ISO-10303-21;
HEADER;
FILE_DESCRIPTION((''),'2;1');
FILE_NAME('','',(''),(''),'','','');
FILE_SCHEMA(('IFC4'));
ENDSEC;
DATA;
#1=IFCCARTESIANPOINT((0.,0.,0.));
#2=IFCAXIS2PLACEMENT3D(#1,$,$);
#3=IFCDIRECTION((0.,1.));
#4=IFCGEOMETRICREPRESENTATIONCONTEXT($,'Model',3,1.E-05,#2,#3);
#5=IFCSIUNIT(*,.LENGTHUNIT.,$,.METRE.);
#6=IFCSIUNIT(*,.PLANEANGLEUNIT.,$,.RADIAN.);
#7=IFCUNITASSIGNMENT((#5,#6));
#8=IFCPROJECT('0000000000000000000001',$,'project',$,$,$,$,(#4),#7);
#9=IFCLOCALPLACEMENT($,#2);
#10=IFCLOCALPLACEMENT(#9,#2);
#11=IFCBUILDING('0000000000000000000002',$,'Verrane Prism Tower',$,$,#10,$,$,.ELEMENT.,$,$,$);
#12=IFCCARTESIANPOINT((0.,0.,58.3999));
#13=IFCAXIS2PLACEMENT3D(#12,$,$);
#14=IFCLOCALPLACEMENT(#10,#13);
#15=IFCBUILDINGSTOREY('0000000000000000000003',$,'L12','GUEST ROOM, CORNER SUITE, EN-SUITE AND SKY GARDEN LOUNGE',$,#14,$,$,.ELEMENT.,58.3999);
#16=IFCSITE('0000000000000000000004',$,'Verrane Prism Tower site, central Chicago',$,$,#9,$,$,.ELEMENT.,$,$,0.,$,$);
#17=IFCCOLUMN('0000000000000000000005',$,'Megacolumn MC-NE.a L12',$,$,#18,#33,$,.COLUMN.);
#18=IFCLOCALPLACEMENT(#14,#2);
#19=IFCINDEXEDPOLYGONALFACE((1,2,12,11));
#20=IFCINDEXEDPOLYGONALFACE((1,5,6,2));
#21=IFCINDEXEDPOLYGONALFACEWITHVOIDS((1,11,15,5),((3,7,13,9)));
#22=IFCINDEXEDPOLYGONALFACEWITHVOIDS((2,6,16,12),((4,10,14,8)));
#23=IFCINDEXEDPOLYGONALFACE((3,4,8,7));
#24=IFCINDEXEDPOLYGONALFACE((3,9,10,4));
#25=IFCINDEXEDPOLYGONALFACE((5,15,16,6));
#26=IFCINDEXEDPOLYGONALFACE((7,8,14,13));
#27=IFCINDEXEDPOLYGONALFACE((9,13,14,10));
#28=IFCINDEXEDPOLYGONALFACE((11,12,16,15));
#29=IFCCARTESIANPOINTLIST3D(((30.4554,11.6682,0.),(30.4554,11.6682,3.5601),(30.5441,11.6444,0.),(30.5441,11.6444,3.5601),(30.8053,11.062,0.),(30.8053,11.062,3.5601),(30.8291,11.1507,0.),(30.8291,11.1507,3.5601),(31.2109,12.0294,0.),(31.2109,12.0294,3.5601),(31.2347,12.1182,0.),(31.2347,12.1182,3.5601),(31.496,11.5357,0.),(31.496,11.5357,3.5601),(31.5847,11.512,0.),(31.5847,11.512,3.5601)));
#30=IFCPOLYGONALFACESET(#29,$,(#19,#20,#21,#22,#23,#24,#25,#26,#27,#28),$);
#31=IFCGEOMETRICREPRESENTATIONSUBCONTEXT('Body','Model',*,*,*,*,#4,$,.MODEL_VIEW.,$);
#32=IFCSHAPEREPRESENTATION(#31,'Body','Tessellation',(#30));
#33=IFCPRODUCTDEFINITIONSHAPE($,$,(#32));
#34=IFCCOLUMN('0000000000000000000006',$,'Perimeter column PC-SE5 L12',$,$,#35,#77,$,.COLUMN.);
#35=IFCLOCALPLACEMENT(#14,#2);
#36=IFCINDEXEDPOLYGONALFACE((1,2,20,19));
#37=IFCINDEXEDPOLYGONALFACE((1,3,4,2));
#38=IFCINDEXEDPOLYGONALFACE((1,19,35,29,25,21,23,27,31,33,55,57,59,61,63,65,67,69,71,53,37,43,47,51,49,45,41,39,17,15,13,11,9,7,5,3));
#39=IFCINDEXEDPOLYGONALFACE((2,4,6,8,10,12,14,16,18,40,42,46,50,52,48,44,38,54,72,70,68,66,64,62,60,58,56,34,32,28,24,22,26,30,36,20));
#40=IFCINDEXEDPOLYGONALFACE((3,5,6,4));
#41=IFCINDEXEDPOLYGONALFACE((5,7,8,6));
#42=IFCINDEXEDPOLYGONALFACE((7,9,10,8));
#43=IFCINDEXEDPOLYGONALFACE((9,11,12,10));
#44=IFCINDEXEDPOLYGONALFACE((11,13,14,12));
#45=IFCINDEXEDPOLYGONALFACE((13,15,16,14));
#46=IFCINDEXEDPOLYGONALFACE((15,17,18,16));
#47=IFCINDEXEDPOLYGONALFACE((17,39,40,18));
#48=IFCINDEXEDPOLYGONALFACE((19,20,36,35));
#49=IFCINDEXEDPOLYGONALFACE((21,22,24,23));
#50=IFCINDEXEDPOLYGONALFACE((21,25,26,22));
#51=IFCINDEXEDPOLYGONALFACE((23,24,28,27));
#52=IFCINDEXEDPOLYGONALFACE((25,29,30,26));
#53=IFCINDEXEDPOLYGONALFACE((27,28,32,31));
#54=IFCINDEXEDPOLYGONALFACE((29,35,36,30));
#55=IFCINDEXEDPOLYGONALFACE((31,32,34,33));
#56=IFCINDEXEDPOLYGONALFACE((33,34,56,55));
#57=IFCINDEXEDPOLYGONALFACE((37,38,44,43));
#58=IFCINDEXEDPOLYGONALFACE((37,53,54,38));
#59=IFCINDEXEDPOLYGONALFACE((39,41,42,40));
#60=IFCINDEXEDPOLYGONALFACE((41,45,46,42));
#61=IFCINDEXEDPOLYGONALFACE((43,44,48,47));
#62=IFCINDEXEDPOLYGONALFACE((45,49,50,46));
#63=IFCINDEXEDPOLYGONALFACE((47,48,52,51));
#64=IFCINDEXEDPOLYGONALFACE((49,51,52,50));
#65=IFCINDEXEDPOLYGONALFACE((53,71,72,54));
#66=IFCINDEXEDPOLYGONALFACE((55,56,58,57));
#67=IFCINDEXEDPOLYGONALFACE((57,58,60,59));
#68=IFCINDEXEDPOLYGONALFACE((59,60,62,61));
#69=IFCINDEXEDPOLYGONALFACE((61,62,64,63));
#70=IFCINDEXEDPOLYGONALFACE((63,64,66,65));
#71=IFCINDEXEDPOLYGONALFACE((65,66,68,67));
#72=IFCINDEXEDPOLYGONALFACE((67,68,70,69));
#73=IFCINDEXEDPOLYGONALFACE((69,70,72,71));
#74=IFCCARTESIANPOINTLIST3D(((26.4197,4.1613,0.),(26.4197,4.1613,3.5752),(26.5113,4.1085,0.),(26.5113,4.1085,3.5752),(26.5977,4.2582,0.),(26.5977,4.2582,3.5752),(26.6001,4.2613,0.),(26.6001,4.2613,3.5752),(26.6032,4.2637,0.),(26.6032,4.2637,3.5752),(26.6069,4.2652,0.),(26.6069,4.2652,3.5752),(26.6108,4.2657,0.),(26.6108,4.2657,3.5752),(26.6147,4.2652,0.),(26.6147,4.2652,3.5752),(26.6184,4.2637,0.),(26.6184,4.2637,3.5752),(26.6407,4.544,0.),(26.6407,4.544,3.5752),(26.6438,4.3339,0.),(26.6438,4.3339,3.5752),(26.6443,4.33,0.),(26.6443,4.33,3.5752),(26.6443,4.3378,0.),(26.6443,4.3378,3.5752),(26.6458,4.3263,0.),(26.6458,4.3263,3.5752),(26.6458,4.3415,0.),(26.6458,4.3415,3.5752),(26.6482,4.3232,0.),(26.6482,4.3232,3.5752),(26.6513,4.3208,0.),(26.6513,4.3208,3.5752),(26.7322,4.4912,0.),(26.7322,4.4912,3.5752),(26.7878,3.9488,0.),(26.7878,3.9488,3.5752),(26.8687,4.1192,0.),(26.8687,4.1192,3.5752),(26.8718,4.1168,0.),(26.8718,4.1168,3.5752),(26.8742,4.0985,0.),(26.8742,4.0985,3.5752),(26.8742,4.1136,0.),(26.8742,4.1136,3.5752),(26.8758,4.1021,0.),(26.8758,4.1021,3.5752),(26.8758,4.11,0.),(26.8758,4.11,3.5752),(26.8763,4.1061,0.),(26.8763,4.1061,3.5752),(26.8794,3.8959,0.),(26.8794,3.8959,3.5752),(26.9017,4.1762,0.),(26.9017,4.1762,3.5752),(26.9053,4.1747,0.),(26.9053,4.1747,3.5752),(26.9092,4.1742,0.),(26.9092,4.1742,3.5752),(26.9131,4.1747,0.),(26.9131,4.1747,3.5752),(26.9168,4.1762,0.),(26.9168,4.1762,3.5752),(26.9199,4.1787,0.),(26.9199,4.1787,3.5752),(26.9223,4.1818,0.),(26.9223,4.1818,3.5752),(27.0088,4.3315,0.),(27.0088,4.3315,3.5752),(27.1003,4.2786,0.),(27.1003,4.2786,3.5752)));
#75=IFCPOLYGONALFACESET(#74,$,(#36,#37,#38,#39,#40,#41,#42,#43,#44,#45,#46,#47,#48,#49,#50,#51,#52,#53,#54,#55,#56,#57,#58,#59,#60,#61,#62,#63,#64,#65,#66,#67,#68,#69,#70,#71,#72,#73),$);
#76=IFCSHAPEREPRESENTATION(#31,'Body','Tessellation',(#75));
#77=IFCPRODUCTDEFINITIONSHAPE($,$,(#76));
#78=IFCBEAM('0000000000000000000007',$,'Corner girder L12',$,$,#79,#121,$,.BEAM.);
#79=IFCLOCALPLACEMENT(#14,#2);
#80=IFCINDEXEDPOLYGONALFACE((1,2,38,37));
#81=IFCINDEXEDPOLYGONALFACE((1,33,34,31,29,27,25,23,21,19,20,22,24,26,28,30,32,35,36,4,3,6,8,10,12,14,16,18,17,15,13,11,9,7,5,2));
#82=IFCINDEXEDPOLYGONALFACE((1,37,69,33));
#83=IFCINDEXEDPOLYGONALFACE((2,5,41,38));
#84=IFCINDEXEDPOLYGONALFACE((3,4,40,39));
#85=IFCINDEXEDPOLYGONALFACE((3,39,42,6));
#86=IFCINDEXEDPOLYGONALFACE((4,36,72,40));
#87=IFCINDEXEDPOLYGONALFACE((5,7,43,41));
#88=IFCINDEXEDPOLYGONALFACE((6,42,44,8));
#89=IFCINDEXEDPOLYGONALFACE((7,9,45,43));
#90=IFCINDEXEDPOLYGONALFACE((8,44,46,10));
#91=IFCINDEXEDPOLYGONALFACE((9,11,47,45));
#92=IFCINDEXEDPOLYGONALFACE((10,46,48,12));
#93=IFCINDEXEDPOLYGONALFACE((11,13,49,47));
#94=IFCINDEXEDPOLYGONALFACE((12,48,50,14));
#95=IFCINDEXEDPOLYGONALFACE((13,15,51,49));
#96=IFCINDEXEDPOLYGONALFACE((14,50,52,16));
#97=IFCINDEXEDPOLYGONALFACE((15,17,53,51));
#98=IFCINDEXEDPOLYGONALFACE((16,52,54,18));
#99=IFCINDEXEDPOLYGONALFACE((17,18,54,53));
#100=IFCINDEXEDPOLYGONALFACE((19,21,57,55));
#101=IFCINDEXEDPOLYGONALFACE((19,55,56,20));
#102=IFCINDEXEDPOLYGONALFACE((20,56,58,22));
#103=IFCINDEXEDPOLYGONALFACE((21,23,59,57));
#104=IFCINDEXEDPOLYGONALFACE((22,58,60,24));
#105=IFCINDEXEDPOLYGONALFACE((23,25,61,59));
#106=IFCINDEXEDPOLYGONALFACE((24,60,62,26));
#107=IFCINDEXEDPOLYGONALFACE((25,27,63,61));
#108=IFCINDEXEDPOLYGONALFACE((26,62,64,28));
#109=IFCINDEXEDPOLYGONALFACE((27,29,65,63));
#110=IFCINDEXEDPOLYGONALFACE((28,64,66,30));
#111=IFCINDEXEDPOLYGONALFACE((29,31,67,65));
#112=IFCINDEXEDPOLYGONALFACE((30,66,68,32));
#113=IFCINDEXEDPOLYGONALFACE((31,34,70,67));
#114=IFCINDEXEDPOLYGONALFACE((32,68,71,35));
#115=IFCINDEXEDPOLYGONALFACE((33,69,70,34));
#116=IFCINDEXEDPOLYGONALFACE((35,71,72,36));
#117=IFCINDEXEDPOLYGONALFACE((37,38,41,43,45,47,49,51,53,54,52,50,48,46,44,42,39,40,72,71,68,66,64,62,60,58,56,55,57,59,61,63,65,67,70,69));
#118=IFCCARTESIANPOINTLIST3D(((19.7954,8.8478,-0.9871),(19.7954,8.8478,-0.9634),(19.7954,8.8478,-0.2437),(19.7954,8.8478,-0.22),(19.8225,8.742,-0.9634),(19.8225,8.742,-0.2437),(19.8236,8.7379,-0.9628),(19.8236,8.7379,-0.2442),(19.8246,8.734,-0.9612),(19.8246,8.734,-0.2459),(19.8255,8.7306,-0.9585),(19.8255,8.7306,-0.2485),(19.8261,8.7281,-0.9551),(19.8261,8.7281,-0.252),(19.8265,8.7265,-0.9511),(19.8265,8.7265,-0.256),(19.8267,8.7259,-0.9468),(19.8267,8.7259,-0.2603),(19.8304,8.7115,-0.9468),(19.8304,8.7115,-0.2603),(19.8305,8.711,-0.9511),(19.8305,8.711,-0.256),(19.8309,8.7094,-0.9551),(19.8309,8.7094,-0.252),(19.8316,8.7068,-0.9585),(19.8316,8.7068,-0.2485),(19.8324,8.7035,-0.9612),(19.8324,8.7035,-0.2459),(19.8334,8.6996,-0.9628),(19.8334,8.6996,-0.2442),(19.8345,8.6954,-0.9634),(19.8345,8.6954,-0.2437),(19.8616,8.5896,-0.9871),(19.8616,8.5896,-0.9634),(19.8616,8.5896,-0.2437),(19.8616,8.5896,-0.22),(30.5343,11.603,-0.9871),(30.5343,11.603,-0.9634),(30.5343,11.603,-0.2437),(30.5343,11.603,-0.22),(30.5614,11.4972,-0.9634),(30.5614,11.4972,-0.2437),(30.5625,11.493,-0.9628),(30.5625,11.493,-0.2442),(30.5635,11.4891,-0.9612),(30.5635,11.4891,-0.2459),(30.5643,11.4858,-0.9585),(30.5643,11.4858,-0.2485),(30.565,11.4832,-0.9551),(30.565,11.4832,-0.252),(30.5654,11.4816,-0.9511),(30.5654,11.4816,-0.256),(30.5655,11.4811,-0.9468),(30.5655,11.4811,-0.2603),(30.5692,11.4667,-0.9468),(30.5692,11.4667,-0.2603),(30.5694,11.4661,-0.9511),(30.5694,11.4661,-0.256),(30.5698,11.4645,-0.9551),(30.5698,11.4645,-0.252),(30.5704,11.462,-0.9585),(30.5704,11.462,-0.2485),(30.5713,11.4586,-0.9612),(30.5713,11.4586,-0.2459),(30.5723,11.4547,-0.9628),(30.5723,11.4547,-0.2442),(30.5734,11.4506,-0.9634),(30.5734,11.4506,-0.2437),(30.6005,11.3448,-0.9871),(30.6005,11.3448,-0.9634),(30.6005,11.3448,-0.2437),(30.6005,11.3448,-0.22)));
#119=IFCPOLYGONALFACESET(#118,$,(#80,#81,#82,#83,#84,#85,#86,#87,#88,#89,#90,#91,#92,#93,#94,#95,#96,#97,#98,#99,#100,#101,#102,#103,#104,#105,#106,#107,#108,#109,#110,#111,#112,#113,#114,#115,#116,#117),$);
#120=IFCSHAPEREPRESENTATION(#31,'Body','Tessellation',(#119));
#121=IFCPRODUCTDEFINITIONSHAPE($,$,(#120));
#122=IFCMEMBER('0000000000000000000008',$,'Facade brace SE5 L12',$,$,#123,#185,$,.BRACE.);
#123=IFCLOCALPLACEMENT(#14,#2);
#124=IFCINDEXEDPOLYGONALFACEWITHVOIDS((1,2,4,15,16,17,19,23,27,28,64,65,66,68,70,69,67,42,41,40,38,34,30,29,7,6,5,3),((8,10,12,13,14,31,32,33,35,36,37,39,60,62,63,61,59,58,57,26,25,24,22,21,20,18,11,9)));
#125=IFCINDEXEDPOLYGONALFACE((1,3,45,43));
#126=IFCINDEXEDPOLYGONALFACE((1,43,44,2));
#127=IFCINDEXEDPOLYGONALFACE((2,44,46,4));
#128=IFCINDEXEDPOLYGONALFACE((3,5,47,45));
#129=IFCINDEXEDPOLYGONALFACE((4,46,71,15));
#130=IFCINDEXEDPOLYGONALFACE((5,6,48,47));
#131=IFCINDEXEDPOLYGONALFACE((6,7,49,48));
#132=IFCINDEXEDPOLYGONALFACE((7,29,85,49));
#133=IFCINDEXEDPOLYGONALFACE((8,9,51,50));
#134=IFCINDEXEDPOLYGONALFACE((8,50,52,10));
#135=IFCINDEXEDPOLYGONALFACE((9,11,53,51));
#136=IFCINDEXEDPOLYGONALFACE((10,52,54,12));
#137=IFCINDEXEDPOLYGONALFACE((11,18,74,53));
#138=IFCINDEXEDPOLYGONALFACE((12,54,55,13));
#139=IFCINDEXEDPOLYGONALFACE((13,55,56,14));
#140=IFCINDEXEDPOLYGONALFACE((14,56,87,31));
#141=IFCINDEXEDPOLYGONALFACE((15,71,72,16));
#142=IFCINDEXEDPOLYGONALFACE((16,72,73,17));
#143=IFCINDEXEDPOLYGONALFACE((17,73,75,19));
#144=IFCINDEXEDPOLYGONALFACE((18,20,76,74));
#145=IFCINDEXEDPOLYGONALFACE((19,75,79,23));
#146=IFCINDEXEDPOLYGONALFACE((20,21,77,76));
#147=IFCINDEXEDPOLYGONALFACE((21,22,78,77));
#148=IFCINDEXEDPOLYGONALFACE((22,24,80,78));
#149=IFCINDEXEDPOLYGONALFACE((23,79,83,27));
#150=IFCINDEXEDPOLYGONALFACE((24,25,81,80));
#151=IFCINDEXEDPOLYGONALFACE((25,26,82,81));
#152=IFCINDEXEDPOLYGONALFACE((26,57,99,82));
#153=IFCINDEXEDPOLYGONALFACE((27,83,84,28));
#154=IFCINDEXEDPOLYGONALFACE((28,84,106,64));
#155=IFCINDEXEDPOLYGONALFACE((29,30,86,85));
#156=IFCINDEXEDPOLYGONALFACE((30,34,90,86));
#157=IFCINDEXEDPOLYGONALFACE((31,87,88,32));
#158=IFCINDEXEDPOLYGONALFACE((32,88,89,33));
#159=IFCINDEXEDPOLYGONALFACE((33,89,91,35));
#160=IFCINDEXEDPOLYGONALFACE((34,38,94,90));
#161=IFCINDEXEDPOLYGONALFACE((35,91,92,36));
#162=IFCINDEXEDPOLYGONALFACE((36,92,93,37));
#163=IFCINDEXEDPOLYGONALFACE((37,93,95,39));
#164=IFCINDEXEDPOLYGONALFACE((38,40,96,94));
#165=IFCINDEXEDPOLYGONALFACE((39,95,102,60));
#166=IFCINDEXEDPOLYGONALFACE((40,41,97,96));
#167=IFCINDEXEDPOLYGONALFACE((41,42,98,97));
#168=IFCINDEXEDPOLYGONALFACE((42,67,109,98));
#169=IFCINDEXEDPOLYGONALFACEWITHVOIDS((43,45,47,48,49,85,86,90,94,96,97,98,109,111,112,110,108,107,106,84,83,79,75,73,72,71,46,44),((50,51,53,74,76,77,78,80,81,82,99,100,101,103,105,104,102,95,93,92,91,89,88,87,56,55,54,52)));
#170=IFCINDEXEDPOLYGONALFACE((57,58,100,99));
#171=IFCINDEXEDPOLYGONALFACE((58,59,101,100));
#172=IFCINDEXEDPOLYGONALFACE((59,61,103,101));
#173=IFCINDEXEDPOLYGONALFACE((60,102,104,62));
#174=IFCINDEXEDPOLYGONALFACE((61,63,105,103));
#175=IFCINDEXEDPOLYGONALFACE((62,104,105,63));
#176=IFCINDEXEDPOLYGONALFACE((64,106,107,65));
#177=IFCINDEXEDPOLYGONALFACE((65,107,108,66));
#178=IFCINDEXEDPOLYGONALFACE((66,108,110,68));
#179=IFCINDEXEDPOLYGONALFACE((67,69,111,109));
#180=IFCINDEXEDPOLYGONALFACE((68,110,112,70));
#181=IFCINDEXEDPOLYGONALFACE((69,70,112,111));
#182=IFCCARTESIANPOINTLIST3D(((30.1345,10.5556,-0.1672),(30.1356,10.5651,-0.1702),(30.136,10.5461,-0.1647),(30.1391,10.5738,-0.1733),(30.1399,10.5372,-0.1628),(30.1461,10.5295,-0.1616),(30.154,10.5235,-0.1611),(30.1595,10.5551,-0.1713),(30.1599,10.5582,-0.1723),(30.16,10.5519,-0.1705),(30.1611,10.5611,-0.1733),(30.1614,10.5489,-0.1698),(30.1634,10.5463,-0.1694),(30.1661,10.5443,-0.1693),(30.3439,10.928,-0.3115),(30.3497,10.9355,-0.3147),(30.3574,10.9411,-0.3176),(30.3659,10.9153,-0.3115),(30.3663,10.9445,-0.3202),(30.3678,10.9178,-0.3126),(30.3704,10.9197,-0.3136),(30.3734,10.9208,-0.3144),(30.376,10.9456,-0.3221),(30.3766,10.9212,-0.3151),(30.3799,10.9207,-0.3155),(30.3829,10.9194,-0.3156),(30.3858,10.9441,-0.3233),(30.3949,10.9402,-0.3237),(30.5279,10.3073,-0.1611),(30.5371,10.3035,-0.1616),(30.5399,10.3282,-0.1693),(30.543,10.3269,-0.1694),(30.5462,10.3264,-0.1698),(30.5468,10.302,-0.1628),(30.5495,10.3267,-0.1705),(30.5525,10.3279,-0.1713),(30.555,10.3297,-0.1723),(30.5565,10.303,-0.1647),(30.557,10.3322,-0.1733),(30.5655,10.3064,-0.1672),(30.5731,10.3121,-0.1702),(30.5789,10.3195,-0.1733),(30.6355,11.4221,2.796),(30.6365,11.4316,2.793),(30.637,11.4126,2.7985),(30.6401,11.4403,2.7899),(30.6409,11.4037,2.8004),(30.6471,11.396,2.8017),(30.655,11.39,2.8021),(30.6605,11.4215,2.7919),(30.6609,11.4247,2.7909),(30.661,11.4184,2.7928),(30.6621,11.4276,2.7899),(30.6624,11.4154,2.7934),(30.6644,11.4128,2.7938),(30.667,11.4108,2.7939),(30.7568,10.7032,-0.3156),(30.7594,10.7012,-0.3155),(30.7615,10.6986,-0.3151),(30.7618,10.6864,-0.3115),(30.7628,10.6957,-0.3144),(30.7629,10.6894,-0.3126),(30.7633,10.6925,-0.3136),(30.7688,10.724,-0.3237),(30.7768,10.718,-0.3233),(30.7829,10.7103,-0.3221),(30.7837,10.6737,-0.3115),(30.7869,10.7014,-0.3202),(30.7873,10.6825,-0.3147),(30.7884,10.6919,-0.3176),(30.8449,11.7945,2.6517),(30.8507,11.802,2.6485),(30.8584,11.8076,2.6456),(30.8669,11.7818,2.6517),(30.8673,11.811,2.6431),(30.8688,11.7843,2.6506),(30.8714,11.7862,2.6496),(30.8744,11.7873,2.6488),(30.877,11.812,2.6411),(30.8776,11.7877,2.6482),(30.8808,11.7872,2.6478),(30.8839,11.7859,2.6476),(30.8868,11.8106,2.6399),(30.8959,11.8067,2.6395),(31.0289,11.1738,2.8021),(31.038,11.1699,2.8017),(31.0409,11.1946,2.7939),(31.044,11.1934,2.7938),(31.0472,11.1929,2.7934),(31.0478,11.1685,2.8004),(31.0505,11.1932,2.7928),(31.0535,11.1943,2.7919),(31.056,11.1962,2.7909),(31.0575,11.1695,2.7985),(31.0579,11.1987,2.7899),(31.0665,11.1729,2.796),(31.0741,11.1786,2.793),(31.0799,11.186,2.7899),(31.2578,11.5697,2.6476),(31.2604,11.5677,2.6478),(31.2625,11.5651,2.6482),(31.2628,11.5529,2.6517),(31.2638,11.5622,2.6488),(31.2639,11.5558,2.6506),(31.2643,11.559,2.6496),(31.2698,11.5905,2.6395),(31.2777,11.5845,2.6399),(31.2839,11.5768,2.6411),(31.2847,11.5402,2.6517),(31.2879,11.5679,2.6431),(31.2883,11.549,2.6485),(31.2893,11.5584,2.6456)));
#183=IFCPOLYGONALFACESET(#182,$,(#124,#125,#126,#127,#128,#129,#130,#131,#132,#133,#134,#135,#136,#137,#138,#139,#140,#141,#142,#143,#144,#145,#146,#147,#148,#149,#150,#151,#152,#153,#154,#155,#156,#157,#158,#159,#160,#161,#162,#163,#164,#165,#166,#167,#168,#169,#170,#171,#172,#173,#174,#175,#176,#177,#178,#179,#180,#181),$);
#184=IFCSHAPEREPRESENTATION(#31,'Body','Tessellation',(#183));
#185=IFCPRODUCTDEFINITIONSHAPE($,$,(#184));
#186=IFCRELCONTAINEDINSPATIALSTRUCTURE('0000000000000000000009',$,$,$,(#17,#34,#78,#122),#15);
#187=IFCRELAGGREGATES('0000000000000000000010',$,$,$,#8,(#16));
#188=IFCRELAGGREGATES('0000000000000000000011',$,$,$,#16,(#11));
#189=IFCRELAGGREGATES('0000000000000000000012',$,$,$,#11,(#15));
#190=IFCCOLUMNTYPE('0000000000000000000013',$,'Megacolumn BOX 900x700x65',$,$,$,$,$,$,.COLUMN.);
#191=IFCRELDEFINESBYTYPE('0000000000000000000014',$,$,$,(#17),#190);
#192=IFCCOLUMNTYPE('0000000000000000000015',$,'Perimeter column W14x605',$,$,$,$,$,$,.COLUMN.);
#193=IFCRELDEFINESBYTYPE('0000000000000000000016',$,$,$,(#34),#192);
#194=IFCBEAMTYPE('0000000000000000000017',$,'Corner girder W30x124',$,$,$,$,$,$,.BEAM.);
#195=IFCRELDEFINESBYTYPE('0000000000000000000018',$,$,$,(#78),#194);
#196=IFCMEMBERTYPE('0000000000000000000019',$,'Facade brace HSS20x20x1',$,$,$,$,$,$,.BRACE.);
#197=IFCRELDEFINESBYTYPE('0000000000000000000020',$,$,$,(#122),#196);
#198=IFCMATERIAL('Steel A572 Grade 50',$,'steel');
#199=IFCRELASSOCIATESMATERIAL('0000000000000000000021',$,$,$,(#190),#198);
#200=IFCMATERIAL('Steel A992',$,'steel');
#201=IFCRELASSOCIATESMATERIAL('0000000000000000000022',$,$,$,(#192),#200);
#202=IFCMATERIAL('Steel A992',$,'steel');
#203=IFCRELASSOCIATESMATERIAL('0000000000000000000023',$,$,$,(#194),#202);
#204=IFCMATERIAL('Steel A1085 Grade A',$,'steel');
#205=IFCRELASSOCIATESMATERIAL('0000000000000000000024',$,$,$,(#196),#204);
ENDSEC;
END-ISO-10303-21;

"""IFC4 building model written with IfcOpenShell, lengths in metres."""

from ifc_helpers import new_model, si_unit, direction, frame, origin, origin_2d, place, context, subcontext, project, spatial, hollow_rectangle, i_section, extrude, material, material_profile, profile_set, type_object, element, save


model = new_model("IFC4")

# Units and contexts
model_context = context("Model", 3, precision=1e-05, world=origin(), true_north=direction((0.0, 1.0)))
body_context = subcontext(model_context, "Body", "Model", "MODEL_VIEW")
ifc_project = project(units=[si_unit("LENGTHUNIT", "METRE"), si_unit("PLANEANGLEUNIT", "RADIAN")], contexts=[model_context])

# Site, building, storey
site_placement = place(None, origin())
site = spatial("IfcSite", under=ifc_project, at=site_placement, Name="Verrane Prism Tower site, central Chicago", CompositionType="ELEMENT", RefElevation=0.0)
building_placement = place(site_placement, origin())
building = spatial("IfcBuilding", under=site, at=building_placement, Name="Verrane Prism Tower", CompositionType="ELEMENT")
storey_placement = place(building_placement, frame((0.0, 0.0, 58.3999)))
storey = spatial("IfcBuildingStorey", under=building, at=storey_placement, Name="L12", Description="GUEST ROOM, CORNER SUITE, EN-SUITE AND SKY GARDEN LOUNGE", CompositionType="ELEMENT", Elevation=58.3999)

# Columns
ifc_material_1 = material(Name="Steel A572 Grade 50", Category="steel")
ifc_material_profile_1 = material_profile(ifc_material_1, hollow_rectangle(XDim=0.7, YDim=0.8999, WallThickness=0.0649, at=origin_2d()), Name="BOX 900x700x65")
ifc_profile_set_1 = profile_set([ifc_material_profile_1], Name="Steel A572 Grade 50")
column_type_1 = type_object("IfcColumnType", Name="Megacolumn BOX 900x700x65", PredefinedType="COLUMN", material=ifc_profile_set_1)
column_1_placement = place(storey_placement, frame((31.02, 11.5901, 0.0), z_axis=(0.0, 0.0, 1.0), x_axis=(0.5, -0.866025, 0.0)))
element("IfcColumn", 1, at=column_1_placement, inside=storey, type_object=column_type_1, Name="Megacolumn MC-NE.a L12", PredefinedType="COLUMN", context=body_context, shape_type="SweptSolid", body=[
    extrude(hollow_rectangle(XDim=0.7, YDim=0.8999, WallThickness=0.0649, at=origin_2d()), origin(), (0.0, 0.0, 1.0), 3.5601),
])
ifc_material_2 = material(Name="Steel A992", Category="steel")
ifc_material_profile_2 = material_profile(ifc_material_2, i_section(OverallWidth=0.4419, OverallDepth=0.5308, WebThickness=0.0659, FlangeThickness=0.1057, FilletRadius=0.0151, at=origin_2d()), Name="W14x605")
ifc_profile_set_2 = profile_set([ifc_material_profile_2], Name="Steel A992")
column_type_2 = type_object("IfcColumnType", Name="Perimeter column W14x605", PredefinedType="COLUMN", material=ifc_profile_set_2)
column_2_placement = place(storey_placement, frame((26.76, 4.22, 0.0), z_axis=(0.0, 0.0, 1.0), x_axis=(-0.5, -0.866025, 0.0)))
element("IfcColumn", 2, at=column_2_placement, inside=storey, type_object=column_type_2, Name="Perimeter column PC-SE5 L12", PredefinedType="COLUMN", context=body_context, shape_type="SweptSolid", body=[
    extrude(i_section(OverallWidth=0.4419, OverallDepth=0.5308, WebThickness=0.0659, FlangeThickness=0.1057, FilletRadius=0.0151, at=origin_2d()), origin(), (0.0, 0.0, 1.0), 3.5752),
])

# Beam
ifc_material_3 = material(Name="Steel A992", Category="steel")
ifc_material_profile_3 = material_profile(ifc_material_3, i_section(OverallWidth=0.2666, OverallDepth=0.7671, WebThickness=0.0149, FlangeThickness=0.0237, FilletRadius=0.0166, at=origin_2d()), Name="W30x124")
ifc_profile_set_3 = profile_set([ifc_material_profile_3], Name="Steel A992")
beam_type_1 = type_object("IfcBeamType", Name="Corner girder W30x124", PredefinedType="BEAM", material=ifc_profile_set_3)
beam_1_placement = place(storey_placement, frame((30.5674, 11.4739, -0.6035), z_axis=(-0.968629, -0.24851, 0.0), x_axis=(0.24851, -0.968629, 0.0)))
element("IfcBeam", 3, at=beam_1_placement, inside=storey, type_object=beam_type_1, Name="Corner girder L12", PredefinedType="BEAM", context=body_context, shape_type="SweptSolid", body=[
    extrude(i_section(OverallWidth=0.2666, OverallDepth=0.7671, WebThickness=0.0149, FlangeThickness=0.0237, FilletRadius=0.0166, at=origin_2d()), origin(), (0.0, 0.0, 1.0), 11.0867),
])

# Member
ifc_material_4 = material(Name="Steel A1085 Grade A", Category="steel")
ifc_material_profile_4 = material_profile(ifc_material_4, hollow_rectangle(XDim=0.5081, YDim=0.5081, WallThickness=0.0254, InnerFilletRadius=0.0127, OuterFilletRadius=0.0381, at=origin_2d()), Name="HSS20x20x1")
ifc_profile_set_4 = profile_set([ifc_material_profile_4], Name="Steel A1085 Grade A")
member_type_1 = type_object("IfcMemberType", Name="Facade brace HSS20x20x1", PredefinedType="BRACE", material=ifc_profile_set_4)
member_1_placement = place(storey_placement, frame((30.4614, 10.6238, -0.2424), z_axis=(0.160179, 0.277035, 0.947414), x_axis=(-0.86571, 0.500546, 0.0)))
element("IfcMember", 4, at=member_1_placement, inside=storey, type_object=member_type_1, Name="Facade brace SE5 L12", PredefinedType="BRACE", context=body_context, shape_type="SweptSolid", body=[
    extrude(hollow_rectangle(XDim=0.5081, YDim=0.5081, WallThickness=0.0254, InnerFilletRadius=0.0127, OuterFilletRadius=0.0381, at=origin_2d()), origin(), (0.0, 0.0, 1.0), 3.1277),
])

save(model, "model.ifc")
